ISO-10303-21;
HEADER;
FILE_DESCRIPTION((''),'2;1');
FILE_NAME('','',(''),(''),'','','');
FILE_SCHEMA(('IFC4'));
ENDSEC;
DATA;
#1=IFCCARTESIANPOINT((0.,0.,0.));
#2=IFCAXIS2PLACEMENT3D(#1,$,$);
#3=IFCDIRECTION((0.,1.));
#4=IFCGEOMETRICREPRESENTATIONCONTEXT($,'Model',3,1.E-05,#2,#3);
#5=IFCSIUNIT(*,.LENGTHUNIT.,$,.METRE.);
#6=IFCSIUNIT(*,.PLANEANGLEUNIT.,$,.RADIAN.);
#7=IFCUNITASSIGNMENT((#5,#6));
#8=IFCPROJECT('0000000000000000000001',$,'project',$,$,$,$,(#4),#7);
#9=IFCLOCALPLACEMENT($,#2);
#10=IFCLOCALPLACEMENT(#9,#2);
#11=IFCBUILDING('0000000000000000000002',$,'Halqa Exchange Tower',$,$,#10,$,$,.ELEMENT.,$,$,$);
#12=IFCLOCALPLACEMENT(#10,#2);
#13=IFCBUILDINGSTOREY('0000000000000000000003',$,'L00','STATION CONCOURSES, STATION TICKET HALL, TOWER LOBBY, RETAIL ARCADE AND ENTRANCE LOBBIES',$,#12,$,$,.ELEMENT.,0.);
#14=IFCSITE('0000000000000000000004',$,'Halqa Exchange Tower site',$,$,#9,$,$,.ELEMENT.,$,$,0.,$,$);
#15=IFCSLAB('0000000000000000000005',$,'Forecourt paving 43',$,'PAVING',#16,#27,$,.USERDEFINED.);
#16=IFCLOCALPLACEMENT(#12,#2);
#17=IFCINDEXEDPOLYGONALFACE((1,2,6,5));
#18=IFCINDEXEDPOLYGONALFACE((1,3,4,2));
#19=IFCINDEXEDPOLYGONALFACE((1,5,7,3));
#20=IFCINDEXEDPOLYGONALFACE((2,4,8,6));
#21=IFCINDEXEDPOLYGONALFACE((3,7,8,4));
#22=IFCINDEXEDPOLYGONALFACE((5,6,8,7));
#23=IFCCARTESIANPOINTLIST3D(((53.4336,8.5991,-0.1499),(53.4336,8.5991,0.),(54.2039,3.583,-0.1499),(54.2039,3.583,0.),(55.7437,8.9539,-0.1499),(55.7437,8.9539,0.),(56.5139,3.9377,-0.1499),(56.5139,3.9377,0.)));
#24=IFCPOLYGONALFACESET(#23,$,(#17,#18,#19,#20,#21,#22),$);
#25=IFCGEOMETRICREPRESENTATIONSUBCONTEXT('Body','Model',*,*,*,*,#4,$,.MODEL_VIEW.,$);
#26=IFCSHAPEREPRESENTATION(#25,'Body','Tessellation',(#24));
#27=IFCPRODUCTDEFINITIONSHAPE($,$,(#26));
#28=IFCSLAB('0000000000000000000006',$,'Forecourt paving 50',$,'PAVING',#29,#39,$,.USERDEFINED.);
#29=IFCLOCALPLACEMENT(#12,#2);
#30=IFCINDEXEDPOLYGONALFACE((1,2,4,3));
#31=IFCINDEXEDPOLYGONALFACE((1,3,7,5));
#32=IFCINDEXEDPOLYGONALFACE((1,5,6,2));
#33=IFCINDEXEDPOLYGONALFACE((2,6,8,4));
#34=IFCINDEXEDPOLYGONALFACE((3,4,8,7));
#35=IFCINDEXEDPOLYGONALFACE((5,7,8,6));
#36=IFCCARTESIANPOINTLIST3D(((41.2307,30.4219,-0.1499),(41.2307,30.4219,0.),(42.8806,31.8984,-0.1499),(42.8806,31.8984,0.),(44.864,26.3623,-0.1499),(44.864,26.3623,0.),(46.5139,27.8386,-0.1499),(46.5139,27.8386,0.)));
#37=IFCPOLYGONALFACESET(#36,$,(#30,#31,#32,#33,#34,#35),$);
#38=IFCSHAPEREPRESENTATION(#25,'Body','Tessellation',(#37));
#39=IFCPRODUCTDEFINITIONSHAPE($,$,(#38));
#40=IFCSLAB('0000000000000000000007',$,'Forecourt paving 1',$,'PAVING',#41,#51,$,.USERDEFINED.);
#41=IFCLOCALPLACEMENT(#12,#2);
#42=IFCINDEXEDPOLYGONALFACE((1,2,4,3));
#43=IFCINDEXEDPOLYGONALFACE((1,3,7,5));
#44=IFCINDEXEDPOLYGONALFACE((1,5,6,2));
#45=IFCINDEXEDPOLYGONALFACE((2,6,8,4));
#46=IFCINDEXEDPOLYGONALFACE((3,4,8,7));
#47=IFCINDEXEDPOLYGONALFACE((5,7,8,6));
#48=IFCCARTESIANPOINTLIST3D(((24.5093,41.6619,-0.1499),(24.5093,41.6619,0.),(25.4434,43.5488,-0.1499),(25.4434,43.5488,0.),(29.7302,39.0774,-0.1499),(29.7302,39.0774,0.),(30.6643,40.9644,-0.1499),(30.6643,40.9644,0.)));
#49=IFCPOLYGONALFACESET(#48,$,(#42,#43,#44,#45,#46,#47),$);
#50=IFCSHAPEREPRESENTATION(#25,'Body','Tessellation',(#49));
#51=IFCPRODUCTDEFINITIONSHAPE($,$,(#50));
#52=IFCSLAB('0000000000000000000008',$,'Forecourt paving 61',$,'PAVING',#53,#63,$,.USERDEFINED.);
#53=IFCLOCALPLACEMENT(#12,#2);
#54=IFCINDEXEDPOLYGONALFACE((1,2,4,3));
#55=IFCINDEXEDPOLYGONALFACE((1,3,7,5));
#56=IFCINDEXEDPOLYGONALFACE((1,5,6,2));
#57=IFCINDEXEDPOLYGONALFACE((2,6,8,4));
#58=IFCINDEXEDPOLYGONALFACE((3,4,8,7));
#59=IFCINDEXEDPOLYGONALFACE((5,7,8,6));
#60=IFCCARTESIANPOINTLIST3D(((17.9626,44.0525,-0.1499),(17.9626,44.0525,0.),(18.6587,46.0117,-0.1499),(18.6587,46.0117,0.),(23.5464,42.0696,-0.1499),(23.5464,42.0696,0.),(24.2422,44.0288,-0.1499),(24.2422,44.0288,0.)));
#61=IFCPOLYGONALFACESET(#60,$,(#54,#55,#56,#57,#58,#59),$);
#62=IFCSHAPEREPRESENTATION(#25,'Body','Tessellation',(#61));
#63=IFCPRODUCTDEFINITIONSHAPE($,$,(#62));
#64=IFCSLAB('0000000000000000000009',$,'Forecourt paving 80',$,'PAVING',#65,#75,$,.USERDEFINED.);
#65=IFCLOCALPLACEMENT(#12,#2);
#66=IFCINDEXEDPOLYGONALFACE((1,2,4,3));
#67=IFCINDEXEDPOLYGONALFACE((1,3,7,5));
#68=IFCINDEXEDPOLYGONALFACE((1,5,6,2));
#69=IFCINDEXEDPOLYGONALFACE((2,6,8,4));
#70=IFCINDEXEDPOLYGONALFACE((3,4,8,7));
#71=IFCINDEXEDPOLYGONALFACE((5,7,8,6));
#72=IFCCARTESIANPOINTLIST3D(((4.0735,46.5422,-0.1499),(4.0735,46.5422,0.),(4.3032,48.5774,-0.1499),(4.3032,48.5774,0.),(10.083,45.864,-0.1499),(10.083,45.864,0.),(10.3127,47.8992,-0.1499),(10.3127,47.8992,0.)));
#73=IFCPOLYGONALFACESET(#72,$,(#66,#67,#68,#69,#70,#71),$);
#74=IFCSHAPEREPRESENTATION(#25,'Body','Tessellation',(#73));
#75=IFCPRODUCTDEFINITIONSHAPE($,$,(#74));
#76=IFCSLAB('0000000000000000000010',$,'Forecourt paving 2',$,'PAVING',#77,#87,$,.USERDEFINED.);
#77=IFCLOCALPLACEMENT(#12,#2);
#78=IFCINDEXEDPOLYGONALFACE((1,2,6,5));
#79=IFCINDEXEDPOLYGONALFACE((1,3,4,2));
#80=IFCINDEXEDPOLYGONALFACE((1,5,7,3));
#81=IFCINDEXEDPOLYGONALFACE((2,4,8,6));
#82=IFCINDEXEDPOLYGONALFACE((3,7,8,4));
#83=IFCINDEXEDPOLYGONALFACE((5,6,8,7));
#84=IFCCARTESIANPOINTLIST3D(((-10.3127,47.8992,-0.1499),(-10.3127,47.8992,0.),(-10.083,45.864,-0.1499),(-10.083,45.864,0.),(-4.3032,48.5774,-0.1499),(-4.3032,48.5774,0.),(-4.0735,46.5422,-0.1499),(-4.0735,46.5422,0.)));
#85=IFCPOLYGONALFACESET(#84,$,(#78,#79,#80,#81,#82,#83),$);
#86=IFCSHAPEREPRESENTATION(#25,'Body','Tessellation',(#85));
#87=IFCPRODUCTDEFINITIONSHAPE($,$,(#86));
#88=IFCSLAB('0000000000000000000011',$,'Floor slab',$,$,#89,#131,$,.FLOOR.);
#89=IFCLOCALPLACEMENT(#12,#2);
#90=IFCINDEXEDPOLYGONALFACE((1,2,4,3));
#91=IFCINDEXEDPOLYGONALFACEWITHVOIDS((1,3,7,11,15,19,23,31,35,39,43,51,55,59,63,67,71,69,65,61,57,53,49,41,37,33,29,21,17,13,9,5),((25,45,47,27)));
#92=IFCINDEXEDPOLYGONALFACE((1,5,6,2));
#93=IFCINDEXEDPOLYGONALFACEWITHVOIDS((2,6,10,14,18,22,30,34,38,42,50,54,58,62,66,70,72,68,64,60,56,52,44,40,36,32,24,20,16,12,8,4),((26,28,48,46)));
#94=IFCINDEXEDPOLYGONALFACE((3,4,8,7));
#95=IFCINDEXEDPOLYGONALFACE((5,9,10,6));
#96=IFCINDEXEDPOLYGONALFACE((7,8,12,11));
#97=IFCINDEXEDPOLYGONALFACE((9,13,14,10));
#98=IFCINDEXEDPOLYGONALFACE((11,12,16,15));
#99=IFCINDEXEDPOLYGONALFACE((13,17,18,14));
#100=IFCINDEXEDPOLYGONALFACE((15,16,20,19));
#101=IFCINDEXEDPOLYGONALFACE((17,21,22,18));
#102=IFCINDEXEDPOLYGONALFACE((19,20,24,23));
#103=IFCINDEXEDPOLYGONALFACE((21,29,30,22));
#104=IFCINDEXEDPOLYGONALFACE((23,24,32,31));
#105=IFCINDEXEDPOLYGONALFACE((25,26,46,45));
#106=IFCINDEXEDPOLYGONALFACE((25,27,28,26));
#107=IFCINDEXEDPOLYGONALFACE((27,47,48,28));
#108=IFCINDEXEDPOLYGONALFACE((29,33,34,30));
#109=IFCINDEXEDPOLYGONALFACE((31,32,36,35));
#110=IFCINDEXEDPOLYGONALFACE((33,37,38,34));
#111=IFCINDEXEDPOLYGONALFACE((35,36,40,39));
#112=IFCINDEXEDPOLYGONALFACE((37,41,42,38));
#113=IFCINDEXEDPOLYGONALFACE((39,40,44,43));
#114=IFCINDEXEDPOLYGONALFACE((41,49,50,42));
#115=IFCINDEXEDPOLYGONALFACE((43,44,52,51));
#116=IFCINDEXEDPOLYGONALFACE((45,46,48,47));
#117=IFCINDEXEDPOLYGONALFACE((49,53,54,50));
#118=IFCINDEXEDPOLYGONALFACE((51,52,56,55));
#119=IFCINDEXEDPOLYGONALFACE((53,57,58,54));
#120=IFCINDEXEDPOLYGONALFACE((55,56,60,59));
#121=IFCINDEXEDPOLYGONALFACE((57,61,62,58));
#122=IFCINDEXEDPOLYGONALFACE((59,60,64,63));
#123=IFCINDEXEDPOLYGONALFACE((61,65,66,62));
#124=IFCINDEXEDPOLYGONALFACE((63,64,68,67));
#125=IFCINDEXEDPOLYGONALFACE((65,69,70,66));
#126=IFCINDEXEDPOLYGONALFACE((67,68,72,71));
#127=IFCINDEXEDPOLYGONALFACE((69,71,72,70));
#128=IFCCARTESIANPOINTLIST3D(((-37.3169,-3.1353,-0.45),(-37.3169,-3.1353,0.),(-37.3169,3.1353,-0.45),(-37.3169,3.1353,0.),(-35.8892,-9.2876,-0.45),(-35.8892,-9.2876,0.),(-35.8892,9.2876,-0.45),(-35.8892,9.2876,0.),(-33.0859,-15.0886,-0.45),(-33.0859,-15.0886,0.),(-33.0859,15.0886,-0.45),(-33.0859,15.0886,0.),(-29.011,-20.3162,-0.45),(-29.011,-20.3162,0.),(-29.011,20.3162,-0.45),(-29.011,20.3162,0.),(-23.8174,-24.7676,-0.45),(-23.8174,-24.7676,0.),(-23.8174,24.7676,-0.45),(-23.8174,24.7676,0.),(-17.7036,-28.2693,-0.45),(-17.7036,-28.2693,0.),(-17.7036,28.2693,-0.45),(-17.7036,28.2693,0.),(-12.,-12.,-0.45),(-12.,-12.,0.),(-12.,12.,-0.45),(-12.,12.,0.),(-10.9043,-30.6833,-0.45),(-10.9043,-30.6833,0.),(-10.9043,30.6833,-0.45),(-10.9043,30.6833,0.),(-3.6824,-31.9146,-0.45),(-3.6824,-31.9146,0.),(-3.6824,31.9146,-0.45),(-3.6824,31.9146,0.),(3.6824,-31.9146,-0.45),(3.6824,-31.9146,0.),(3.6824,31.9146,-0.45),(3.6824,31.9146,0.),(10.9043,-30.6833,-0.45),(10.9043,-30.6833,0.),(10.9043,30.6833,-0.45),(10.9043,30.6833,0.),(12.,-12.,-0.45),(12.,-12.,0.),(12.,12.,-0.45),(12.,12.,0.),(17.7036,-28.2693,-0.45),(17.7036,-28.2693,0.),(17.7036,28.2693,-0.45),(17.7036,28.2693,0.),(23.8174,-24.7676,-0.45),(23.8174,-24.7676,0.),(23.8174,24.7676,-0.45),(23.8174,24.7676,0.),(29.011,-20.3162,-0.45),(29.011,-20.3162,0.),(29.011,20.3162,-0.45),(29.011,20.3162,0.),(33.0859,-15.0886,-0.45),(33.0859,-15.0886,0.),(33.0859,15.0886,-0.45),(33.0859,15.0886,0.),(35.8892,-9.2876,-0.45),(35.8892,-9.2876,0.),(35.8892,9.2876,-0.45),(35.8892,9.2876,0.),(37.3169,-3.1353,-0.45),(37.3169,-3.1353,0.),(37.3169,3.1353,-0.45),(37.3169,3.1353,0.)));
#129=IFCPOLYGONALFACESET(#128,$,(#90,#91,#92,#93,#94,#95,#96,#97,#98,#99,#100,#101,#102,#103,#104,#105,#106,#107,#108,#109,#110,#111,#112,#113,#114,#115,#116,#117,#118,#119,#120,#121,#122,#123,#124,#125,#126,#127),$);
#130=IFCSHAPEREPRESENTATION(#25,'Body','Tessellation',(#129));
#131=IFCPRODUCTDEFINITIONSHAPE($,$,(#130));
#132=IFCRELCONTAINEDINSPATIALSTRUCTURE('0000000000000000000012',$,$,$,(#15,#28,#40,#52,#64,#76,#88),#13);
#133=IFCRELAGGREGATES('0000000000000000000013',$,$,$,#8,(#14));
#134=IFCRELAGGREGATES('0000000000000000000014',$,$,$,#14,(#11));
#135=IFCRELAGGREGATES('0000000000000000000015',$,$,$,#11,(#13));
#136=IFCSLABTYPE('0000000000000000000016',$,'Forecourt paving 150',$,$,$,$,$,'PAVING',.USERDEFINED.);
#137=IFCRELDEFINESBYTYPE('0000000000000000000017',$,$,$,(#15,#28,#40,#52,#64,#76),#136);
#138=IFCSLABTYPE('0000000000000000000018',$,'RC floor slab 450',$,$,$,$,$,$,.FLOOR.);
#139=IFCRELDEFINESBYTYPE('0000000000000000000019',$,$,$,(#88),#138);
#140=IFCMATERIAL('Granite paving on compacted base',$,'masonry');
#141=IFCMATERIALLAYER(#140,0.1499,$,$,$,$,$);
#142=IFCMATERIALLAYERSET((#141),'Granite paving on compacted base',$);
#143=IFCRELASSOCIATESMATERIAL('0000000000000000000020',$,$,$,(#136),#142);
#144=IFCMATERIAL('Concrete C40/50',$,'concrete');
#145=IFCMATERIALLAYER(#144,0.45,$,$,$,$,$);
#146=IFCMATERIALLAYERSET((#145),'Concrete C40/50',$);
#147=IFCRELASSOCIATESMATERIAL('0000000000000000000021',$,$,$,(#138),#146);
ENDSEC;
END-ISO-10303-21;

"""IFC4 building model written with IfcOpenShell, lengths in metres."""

from ifc_helpers import new_model, si_unit, direction, frame, origin, place, context, subcontext, project, spatial, polyline, outline, extrude, material, layer, layer_set, type_object, element, save


model = new_model("IFC4")

# Units and contexts
model_context = context("Model", 3, precision=1e-05, world=origin(), true_north=direction((0.0, 1.0)))
body_context = subcontext(model_context, "Body", "Model", "MODEL_VIEW")
ifc_project = project(units=[si_unit("LENGTHUNIT", "METRE"), si_unit("PLANEANGLEUNIT", "RADIAN")], contexts=[model_context])

# Site, building, storey
site_placement = place(None, origin())
site = spatial("IfcSite", under=ifc_project, at=site_placement, Name="Halqa Exchange Tower site", CompositionType="ELEMENT", RefElevation=0.0)
building_placement = place(site_placement, origin())
building = spatial("IfcBuilding", under=site, at=building_placement, Name="Halqa Exchange Tower", CompositionType="ELEMENT")
storey_placement = place(building_placement, origin())
storey = spatial("IfcBuildingStorey", under=building, at=storey_placement, Name="L00", Description="STATION CONCOURSES, STATION TICKET HALL, TOWER LOBBY, RETAIL ARCADE AND ENTRANCE LOBBIES", CompositionType="ELEMENT", Elevation=0.0)

# Slabs
ifc_material_1 = material(Name="Granite paving on compacted base", Category="masonry")
ifc_layer_1 = layer(ifc_material_1, 0.1499)
ifc_layer_set_1 = layer_set([ifc_layer_1], Name="Granite paving on compacted base")
slab_type_1 = type_object("IfcSlabType", Name="Forecourt paving 150", ElementType="PAVING", PredefinedType="USERDEFINED", material=ifc_layer_set_1)
slab_1_placement = place(storey_placement, frame((0.0, 0.0, -0.1499)))
element("IfcSlab", 1, at=slab_1_placement, inside=storey, type_object=slab_type_1, Name="Forecourt paving 43", ObjectType="PAVING", PredefinedType="USERDEFINED", context=body_context, shape_type="SweptSolid", body=[
    extrude(outline(polyline([(54.2039, 3.583), (53.4336, 8.5991), (55.7437, 8.9539), (56.5139, 3.9377), (54.2039, 3.583)])), origin(), (0.0, 0.0, 1.0), 0.1499),
])
slab_2_placement = place(storey_placement, frame((0.0, 0.0, -0.1499)))
element("IfcSlab", 2, at=slab_2_placement, inside=storey, type_object=slab_type_1, Name="Forecourt paving 50", ObjectType="PAVING", PredefinedType="USERDEFINED", context=body_context, shape_type="SweptSolid", body=[
    extrude(outline(polyline([(44.864, 26.3623), (41.2307, 30.4219), (42.8806, 31.8984), (46.5139, 27.8386), (44.864, 26.3623)])), origin(), (0.0, 0.0, 1.0), 0.1499),
])
slab_3_placement = place(storey_placement, frame((0.0, 0.0, -0.1499)))
element("IfcSlab", 3, at=slab_3_placement, inside=storey, type_object=slab_type_1, Name="Forecourt paving 1", ObjectType="PAVING", PredefinedType="USERDEFINED", context=body_context, shape_type="SweptSolid", body=[
    extrude(outline(polyline([(29.7302, 39.0774), (24.5093, 41.6619), (25.4434, 43.5488), (30.6643, 40.9644), (29.7302, 39.0774)])), origin(), (0.0, 0.0, 1.0), 0.1499),
])
slab_4_placement = place(storey_placement, frame((0.0, 0.0, -0.1499)))
element("IfcSlab", 4, at=slab_4_placement, inside=storey, type_object=slab_type_1, Name="Forecourt paving 61", ObjectType="PAVING", PredefinedType="USERDEFINED", context=body_context, shape_type="SweptSolid", body=[
    extrude(outline(polyline([(23.5464, 42.0696), (17.9626, 44.0525), (18.6587, 46.0117), (24.2422, 44.0288), (23.5464, 42.0696)])), origin(), (0.0, 0.0, 1.0), 0.1499),
])
slab_5_placement = place(storey_placement, frame((0.0, 0.0, -0.1499)))
element("IfcSlab", 5, at=slab_5_placement, inside=storey, type_object=slab_type_1, Name="Forecourt paving 80", ObjectType="PAVING", PredefinedType="USERDEFINED", context=body_context, shape_type="SweptSolid", body=[
    extrude(outline(polyline([(10.083, 45.864), (4.0735, 46.5422), (4.3032, 48.5774), (10.3127, 47.8992), (10.083, 45.864)])), origin(), (0.0, 0.0, 1.0), 0.1499),
])
slab_6_placement = place(storey_placement, frame((0.0, 0.0, -0.1499)))
element("IfcSlab", 6, at=slab_6_placement, inside=storey, type_object=slab_type_1, Name="Forecourt paving 2", ObjectType="PAVING", PredefinedType="USERDEFINED", context=body_context, shape_type="SweptSolid", body=[
    extrude(outline(polyline([(-4.0735, 46.5422), (-10.083, 45.864), (-10.3127, 47.8992), (-4.3032, 48.5774), (-4.0735, 46.5422)])), origin(), (0.0, 0.0, 1.0), 0.1499),
])
ifc_material_2 = material(Name="Concrete C40/50", Category="concrete")
ifc_layer_2 = layer(ifc_material_2, 0.45)
ifc_layer_set_2 = layer_set([ifc_layer_2], Name="Concrete C40/50")
slab_type_2 = type_object("IfcSlabType", Name="RC floor slab 450", PredefinedType="FLOOR", material=ifc_layer_set_2)
slab_7_placement = place(storey_placement, frame((0.0, 0.0, -0.45)))
element("IfcSlab", 7, at=slab_7_placement, inside=storey, type_object=slab_type_2, Name="Floor slab", PredefinedType="FLOOR", context=body_context, shape_type="SweptSolid", body=[
    extrude(outline(polyline([(37.3169, 3.1353), (37.3169, -3.1353), (35.8892, -9.2876), (33.0859, -15.0886), (29.011, -20.3162), (23.8174, -24.7676), (17.7036, -28.2693), (10.9043, -30.6833), (3.6824, -31.9146), (-3.6824, -31.9146), (-10.9043, -30.6833), (-17.7036, -28.2693), (-23.8174, -24.7676), (-29.011, -20.3162), (-33.0859, -15.0886), (-35.8892, -9.2876), (-37.3169, -3.1353), (-37.3169, 3.1353), (-35.8892, 9.2876), (-33.0859, 15.0886), (-29.011, 20.3162), (-23.8174, 24.7676), (-17.7036, 28.2693), (-10.9043, 30.6833), (-3.6824, 31.9146), (3.6824, 31.9146), (10.9043, 30.6833), (17.7036, 28.2693), (23.8174, 24.7676), (29.011, 20.3162), (33.0859, 15.0886), (35.8892, 9.2876), (37.3169, 3.1353)]), holes=[polyline([(-12.0, -12.0), (12.0, -12.0), (12.0, 12.0), (-12.0, 12.0), (-12.0, -12.0)])]), origin(), (0.0, 0.0, 1.0), 0.45),
])

save(model, "model.ifc")
